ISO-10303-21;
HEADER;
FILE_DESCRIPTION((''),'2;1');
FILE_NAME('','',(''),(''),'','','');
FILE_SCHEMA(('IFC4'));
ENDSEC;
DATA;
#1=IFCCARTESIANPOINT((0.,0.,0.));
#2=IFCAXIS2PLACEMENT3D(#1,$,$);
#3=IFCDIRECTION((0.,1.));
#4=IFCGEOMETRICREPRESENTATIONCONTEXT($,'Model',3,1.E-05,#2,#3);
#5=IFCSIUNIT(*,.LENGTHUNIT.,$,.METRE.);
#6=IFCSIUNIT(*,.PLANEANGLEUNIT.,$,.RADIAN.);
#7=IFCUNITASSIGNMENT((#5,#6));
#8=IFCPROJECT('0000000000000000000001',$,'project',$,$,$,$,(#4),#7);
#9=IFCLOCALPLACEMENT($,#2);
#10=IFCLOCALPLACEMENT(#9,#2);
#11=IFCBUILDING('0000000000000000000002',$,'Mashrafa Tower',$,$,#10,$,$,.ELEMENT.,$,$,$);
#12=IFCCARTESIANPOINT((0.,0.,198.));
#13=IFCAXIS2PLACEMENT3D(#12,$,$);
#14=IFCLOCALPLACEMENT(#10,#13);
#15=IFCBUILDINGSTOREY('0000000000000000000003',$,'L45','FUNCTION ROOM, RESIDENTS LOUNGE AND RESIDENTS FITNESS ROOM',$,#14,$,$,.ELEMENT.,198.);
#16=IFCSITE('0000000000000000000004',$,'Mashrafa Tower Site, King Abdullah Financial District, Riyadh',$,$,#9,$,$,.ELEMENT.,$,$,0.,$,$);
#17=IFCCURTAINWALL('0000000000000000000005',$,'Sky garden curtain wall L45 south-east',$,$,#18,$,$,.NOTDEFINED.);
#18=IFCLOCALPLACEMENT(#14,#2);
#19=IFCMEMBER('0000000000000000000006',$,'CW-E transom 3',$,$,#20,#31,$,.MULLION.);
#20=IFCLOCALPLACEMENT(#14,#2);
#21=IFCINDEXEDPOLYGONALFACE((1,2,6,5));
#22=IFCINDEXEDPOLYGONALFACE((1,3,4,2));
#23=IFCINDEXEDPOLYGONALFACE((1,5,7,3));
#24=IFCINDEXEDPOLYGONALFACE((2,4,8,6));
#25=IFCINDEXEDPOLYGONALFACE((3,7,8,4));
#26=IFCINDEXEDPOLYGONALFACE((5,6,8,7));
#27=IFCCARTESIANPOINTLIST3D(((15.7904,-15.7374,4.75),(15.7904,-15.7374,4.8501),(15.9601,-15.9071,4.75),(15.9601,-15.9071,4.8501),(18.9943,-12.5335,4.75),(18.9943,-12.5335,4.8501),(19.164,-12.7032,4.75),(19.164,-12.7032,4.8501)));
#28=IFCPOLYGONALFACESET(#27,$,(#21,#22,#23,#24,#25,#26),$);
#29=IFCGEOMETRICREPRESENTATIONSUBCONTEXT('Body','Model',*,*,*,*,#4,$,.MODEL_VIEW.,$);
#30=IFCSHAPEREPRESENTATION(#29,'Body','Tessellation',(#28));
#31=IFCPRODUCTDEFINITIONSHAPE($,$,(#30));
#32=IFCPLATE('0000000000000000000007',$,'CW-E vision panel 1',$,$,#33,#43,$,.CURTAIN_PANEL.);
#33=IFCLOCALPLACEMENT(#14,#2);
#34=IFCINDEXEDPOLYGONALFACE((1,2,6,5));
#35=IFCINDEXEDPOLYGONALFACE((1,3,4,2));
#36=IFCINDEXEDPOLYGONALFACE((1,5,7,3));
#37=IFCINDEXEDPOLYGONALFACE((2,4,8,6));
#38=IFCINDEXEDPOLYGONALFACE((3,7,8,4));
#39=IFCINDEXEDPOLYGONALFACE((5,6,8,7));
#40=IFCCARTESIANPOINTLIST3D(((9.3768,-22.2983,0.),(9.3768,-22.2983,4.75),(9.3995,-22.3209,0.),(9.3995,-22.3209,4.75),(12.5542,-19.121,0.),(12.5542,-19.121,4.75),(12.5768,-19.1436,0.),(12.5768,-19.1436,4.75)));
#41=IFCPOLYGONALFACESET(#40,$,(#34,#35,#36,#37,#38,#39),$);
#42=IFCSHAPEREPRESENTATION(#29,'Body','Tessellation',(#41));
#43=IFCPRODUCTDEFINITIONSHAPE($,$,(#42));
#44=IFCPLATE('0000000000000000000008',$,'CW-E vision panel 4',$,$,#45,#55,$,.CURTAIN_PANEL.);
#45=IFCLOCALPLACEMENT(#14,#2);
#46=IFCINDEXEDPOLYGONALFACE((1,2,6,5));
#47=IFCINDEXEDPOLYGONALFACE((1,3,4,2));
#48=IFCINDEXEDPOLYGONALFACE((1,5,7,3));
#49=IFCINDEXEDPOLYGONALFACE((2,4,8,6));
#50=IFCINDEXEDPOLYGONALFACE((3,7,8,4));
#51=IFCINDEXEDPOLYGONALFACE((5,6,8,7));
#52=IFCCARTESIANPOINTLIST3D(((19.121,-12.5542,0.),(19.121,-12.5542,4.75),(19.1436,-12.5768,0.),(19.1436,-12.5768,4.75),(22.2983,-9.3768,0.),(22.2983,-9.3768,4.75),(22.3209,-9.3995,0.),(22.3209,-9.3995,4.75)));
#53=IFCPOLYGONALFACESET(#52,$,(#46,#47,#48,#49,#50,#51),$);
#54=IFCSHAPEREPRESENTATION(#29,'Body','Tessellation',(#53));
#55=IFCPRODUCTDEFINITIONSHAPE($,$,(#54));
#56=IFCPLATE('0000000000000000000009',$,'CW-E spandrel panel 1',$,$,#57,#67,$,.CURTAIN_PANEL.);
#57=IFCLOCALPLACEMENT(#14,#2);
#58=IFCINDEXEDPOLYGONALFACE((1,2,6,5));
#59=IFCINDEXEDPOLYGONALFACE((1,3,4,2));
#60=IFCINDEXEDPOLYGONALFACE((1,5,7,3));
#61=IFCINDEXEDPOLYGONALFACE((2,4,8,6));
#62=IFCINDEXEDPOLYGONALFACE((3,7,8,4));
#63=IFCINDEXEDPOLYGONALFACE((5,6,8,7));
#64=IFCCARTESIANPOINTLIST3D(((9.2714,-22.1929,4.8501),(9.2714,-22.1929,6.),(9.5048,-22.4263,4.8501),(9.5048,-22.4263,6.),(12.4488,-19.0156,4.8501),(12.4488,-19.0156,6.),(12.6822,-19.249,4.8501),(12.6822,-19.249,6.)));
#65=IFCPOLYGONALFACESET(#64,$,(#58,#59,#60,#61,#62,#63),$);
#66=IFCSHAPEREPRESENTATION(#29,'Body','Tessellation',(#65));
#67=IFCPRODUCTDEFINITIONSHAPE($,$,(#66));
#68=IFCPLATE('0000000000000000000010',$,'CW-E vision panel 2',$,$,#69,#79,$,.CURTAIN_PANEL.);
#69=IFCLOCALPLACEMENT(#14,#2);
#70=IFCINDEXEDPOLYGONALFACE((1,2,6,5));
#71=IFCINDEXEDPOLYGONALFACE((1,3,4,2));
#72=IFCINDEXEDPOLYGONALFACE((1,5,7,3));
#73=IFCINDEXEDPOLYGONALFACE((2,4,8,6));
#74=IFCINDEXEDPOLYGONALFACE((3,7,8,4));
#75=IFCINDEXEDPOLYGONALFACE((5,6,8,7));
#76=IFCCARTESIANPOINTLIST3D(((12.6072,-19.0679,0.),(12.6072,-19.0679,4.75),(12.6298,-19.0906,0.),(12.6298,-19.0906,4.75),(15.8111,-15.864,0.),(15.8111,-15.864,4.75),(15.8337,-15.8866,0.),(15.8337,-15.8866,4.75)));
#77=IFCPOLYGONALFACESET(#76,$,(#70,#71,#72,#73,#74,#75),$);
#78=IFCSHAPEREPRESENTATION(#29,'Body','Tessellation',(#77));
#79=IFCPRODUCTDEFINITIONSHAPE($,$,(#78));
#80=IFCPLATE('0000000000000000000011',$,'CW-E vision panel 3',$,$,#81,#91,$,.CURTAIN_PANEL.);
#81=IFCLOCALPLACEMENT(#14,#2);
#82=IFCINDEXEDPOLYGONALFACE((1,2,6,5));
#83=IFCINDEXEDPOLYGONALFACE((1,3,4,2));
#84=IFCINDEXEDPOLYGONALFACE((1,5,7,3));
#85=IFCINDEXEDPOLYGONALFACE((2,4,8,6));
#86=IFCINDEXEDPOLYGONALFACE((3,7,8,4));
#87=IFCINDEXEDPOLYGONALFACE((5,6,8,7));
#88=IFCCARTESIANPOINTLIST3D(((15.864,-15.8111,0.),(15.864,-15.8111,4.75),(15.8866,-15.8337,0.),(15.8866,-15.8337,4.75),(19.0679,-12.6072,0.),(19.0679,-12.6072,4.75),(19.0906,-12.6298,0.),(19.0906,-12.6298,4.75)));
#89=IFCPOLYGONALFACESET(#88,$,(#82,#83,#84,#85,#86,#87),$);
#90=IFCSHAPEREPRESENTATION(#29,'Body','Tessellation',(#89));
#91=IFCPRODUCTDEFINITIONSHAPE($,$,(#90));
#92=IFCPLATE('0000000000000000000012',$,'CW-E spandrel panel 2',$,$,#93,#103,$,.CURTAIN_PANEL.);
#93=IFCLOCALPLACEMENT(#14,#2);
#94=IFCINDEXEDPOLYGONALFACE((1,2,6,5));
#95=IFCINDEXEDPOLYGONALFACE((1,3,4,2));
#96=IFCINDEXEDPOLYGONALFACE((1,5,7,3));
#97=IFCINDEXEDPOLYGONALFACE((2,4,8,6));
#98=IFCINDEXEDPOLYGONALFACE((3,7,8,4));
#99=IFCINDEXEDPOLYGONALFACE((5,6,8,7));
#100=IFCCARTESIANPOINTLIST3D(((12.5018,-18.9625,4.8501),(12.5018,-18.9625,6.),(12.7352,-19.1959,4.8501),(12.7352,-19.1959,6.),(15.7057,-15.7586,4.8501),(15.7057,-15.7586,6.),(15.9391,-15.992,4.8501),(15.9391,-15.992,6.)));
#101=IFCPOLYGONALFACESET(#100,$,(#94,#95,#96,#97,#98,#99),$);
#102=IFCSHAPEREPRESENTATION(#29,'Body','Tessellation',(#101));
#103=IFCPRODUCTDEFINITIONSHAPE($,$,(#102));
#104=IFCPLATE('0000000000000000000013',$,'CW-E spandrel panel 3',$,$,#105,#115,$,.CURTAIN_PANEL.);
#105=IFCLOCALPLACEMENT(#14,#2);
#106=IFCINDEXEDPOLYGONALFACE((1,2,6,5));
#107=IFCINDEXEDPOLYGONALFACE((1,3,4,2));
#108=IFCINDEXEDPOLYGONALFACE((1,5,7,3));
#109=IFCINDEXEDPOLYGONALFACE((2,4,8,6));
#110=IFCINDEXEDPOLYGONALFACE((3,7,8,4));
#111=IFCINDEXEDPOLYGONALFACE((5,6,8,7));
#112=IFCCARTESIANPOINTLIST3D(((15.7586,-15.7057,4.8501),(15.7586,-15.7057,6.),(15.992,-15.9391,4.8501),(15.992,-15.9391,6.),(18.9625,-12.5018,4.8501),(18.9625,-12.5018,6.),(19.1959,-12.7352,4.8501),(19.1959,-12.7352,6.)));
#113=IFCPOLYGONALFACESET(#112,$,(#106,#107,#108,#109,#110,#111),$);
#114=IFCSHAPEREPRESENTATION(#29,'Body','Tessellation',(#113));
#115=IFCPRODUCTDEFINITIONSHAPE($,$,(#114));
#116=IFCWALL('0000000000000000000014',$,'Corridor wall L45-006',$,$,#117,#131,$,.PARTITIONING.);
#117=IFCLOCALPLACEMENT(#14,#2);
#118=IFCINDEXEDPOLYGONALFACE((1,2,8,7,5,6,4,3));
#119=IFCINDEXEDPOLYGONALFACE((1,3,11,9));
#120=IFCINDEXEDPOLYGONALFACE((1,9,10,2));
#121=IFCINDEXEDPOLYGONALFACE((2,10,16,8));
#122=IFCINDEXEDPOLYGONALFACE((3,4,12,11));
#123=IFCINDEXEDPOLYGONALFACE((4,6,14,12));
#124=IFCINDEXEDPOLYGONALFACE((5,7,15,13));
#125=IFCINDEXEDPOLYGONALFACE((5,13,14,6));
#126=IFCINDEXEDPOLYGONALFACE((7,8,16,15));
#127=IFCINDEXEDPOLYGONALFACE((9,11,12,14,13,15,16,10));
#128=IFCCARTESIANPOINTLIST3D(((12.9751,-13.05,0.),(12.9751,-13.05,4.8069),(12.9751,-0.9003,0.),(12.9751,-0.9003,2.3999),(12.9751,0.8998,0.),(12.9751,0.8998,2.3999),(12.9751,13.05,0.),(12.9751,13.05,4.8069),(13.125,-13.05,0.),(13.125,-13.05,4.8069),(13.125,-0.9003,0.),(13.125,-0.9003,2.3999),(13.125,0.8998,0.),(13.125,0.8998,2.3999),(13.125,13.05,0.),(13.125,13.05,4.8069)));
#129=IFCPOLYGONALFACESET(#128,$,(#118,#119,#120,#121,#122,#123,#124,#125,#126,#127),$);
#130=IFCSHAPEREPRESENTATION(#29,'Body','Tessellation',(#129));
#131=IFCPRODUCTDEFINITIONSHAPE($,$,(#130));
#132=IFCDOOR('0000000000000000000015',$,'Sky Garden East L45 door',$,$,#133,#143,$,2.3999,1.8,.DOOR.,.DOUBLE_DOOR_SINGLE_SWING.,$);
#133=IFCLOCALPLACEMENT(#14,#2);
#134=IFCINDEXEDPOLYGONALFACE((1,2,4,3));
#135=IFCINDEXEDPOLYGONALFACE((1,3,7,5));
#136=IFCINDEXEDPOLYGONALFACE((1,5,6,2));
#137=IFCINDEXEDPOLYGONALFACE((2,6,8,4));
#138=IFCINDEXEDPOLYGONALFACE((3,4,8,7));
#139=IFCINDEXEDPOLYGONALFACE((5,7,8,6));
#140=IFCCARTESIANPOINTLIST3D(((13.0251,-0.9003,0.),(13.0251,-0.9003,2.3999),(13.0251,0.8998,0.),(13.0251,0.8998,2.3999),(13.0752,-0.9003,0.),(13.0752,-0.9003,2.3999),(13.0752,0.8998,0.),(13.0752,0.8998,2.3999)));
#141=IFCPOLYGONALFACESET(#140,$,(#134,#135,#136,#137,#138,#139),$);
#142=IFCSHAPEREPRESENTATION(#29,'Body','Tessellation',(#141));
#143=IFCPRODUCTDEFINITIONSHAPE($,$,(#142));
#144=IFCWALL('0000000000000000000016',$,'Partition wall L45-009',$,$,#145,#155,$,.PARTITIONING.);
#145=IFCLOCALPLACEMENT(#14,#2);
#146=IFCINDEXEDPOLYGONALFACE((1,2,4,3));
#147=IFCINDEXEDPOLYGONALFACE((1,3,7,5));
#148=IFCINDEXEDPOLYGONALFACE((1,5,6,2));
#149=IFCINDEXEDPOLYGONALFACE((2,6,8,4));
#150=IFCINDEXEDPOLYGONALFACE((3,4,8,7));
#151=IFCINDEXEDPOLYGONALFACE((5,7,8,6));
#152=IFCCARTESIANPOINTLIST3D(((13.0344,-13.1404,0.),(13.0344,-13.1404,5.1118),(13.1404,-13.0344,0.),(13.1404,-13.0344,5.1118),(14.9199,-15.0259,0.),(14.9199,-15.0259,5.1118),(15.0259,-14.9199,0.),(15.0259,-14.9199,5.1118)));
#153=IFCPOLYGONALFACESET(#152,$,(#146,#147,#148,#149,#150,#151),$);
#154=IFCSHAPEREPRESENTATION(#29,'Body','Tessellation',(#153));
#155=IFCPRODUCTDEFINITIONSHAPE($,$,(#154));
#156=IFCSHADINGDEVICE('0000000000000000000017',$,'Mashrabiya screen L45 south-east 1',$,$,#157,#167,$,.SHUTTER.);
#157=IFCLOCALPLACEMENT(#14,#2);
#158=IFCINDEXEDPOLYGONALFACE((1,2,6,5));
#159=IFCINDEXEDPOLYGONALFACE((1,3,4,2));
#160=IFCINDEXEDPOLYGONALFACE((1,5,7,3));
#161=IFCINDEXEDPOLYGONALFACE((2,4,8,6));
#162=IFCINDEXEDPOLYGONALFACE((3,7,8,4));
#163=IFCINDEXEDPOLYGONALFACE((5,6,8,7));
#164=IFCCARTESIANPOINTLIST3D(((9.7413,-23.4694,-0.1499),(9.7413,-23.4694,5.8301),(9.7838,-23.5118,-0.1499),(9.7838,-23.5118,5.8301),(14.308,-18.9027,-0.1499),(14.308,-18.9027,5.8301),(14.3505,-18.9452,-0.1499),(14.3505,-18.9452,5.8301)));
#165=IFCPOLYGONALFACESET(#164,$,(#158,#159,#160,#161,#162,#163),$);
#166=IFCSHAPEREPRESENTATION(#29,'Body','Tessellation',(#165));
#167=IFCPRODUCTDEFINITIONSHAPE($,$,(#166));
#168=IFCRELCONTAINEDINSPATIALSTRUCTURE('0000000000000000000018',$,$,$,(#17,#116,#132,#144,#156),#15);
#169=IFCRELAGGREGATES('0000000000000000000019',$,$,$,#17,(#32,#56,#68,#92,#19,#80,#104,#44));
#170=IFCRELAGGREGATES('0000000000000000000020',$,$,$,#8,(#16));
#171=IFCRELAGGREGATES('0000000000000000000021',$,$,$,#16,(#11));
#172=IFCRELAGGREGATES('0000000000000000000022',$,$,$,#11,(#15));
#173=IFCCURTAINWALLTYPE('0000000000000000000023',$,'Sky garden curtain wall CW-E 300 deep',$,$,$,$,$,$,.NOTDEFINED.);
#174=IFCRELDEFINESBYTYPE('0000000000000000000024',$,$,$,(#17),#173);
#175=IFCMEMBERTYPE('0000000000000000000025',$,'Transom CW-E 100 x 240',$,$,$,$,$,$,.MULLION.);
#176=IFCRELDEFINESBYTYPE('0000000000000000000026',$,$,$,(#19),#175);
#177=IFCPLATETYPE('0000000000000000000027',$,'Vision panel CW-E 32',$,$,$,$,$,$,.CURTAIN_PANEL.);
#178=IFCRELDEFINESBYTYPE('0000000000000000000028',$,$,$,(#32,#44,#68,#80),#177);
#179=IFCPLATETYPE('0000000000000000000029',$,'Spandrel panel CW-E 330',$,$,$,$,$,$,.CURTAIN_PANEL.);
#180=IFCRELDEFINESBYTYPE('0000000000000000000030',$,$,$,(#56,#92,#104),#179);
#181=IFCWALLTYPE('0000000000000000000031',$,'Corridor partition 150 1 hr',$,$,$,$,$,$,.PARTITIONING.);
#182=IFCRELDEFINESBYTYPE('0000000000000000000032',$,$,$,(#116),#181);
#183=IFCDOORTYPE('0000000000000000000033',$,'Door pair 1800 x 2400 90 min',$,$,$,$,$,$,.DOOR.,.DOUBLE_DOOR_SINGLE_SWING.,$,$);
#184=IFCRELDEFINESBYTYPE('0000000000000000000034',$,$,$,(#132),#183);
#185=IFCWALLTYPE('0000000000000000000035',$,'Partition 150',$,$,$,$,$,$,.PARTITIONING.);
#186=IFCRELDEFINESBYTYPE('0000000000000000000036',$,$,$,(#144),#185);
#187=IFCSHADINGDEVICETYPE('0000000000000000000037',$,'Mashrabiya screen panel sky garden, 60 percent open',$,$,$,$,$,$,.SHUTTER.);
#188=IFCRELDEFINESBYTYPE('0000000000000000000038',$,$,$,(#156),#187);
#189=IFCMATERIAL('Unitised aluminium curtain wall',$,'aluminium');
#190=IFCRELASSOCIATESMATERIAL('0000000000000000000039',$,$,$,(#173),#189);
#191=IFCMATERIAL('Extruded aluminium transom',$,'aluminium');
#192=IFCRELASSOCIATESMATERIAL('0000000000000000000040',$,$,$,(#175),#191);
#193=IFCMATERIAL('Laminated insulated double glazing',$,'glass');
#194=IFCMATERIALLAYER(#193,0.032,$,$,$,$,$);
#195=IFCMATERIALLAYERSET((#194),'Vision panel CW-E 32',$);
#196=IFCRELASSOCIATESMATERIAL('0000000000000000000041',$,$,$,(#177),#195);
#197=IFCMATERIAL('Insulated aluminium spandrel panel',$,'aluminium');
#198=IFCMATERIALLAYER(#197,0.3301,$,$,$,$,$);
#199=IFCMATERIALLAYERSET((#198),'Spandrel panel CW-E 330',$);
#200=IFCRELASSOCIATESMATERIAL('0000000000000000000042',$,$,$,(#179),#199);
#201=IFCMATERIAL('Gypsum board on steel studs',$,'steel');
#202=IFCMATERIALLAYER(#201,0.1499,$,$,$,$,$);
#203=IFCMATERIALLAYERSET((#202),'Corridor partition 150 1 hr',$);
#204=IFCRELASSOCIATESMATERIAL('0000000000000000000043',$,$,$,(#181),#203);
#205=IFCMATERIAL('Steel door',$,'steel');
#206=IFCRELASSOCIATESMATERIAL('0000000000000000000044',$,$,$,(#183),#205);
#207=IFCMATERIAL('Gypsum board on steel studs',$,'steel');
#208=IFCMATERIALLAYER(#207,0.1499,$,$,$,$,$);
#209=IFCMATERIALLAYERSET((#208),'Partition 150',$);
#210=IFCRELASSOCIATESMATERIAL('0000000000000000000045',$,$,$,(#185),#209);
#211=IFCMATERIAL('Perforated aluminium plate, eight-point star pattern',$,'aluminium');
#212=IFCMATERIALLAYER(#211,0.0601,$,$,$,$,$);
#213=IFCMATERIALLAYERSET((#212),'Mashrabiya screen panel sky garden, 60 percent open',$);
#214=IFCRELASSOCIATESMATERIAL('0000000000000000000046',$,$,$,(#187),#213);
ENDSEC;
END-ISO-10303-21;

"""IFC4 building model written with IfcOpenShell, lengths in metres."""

from ifc_helpers import new_model, si_unit, direction, frame, frame_2d, origin, origin_2d, place, context, subcontext, project, spatial, rectangle, extrude, source, transform, mapped, material, layer, layer_set, material_profile, profile_set, type_object, type_shapes, element, fill, aggregate, save


model = new_model("IFC4")

# Units and contexts
model_context = context("Model", 3, precision=1e-05, world=origin(), true_north=direction((0.0, 1.0)))
body_context = subcontext(model_context, "Body", "Model", "MODEL_VIEW")
ifc_project = project(units=[si_unit("LENGTHUNIT", "METRE"), si_unit("PLANEANGLEUNIT", "RADIAN")], contexts=[model_context])

# Site, building, storey
site_placement = place(None, origin())
site = spatial("IfcSite", under=ifc_project, at=site_placement, Name="Mashrafa Tower Site, King Abdullah Financial District, Riyadh", CompositionType="ELEMENT", RefElevation=0.0)
building_placement = place(site_placement, origin())
building = spatial("IfcBuilding", under=site, at=building_placement, Name="Mashrafa Tower", CompositionType="ELEMENT")
storey_placement = place(building_placement, frame((0.0, 0.0, 198.0)))
storey = spatial("IfcBuildingStorey", under=building, at=storey_placement, Name="L45", Description="FUNCTION ROOM, RESIDENTS LOUNGE AND RESIDENTS FITNESS ROOM", CompositionType="ELEMENT", Elevation=198.0)

# Curtain wall, member, plates
ifc_material_1 = material(Name="Unitised aluminium curtain wall", Category="aluminium")
curtain_wall_type = type_object("IfcCurtainWallType", Name="Sky garden curtain wall CW-E 300 deep", PredefinedType="NOTDEFINED", material=ifc_material_1)
curtain_wall_placement = place(storey_placement, origin())
curtain_wall = element("IfcCurtainWall", 1, at=curtain_wall_placement, inside=storey, type_object=curtain_wall_type, Name="Sky garden curtain wall L45 south-east", PredefinedType="NOTDEFINED")
ifc_material_2 = material(Name="Extruded aluminium transom", Category="aluminium")
ifc_material_profile_1 = material_profile(ifc_material_2, rectangle(XDim=0.24, YDim=0.1001, at=origin_2d()), Name="Transom 100x240")
ifc_profile_set_1 = profile_set([ifc_material_profile_1], Name="Extruded aluminium transom")
member_type_1 = type_object("IfcMemberType", Name="Transom CW-E 100 x 240", PredefinedType="MULLION", material=ifc_profile_set_1)
shared_shape_1 = source(origin(), body_context, "Body", "SweptSolid", [
    extrude(rectangle(XDim=0.24, YDim=0.1001, at=origin_2d()), origin(), (0.0, 0.0, 1.0), 4.531),
])
member_1_placement = place(storey_placement, frame((15.8752, -15.8223, 4.8), z_axis=(0.707107, 0.707107, 0.0), x_axis=(-0.707107, 0.707107, 0.0)))
member_1 = element("IfcMember", 2, at=member_1_placement, type_object=member_type_1, Name="CW-E transom 3", PredefinedType="MULLION", context=body_context, shape_type="MappedRepresentation", body=[
    mapped(shared_shape_1, transform((0.0, 0.0, 0.0))),
])
ifc_material_3 = material(Name="Laminated insulated double glazing", Category="glass")
ifc_layer_1 = layer(ifc_material_3, 0.032)
ifc_layer_set_1 = layer_set([ifc_layer_1], Name="Vision panel CW-E 32")
plate_type_1 = type_object("IfcPlateType", Name="Vision panel CW-E 32", PredefinedType="CURTAIN_PANEL", material=ifc_layer_set_1)
shared_shape_2 = source(origin(), body_context, "Body", "SweptSolid", [
    extrude(rectangle(XDim=4.4934, YDim=0.032, at=origin_2d()), origin(), (0.0, 0.0, 1.0), 4.75),
])
plate_1_placement = place(storey_placement, frame((10.9768, -20.7209, 0.0), z_axis=(0.0, 0.0, 1.0), x_axis=(0.707107, 0.707107, 0.0)))
plate_1 = element("IfcPlate", 3, at=plate_1_placement, type_object=plate_type_1, Name="CW-E vision panel 1", PredefinedType="CURTAIN_PANEL", context=body_context, shape_type="MappedRepresentation", body=[
    mapped(shared_shape_2, transform((0.0, 0.0, 0.0))),
])
plate_2_placement = place(storey_placement, frame((20.7209, -10.9768, 0.0), z_axis=(0.0, 0.0, 1.0), x_axis=(0.707107, 0.707107, 0.0)))
plate_2 = element("IfcPlate", 4, at=plate_2_placement, type_object=plate_type_1, Name="CW-E vision panel 4", PredefinedType="CURTAIN_PANEL", context=body_context, shape_type="MappedRepresentation", body=[
    mapped(shared_shape_2, transform((0.0, 0.0, 0.0))),
])
ifc_material_4 = material(Name="Insulated aluminium spandrel panel", Category="aluminium")
ifc_layer_2 = layer(ifc_material_4, 0.3301)
ifc_layer_set_2 = layer_set([ifc_layer_2], Name="Spandrel panel CW-E 330")
plate_type_2 = type_object("IfcPlateType", Name="Spandrel panel CW-E 330", PredefinedType="CURTAIN_PANEL", material=ifc_layer_set_2)
shared_shape_3 = source(origin(), body_context, "Body", "SweptSolid", [
    extrude(rectangle(XDim=4.4934, YDim=0.3301, at=origin_2d()), origin(), (0.0, 0.0, 1.0), 1.1499),
])
plate_3_placement = place(storey_placement, frame((10.9768, -20.7209, 4.8501), z_axis=(0.0, 0.0, 1.0), x_axis=(0.707107, 0.707107, 0.0)))
plate_3 = element("IfcPlate", 5, at=plate_3_placement, type_object=plate_type_2, Name="CW-E spandrel panel 1", PredefinedType="CURTAIN_PANEL", context=body_context, shape_type="MappedRepresentation", body=[
    mapped(shared_shape_3, transform((0.0, 0.0, 0.0))),
])
shared_shape_4 = source(origin(), body_context, "Body", "SweptSolid", [
    extrude(rectangle(XDim=4.531, YDim=0.032, at=origin_2d()), origin(), (0.0, 0.0, 1.0), 4.75),
])
type_shapes(plate_type_1, [shared_shape_2, shared_shape_4])
plate_4_placement = place(storey_placement, frame((14.2205, -17.4773, 0.0), z_axis=(0.0, 0.0, 1.0), x_axis=(0.707107, 0.707107, 0.0)))
plate_4 = element("IfcPlate", 6, at=plate_4_placement, type_object=plate_type_1, Name="CW-E vision panel 2", PredefinedType="CURTAIN_PANEL", context=body_context, shape_type="MappedRepresentation", body=[
    mapped(shared_shape_4, transform((0.0, 0.0, 0.0))),
])
plate_5_placement = place(storey_placement, frame((17.4773, -14.2205, 0.0), z_axis=(0.0, 0.0, 1.0), x_axis=(0.707107, 0.707107, 0.0)))
plate_5 = element("IfcPlate", 7, at=plate_5_placement, type_object=plate_type_1, Name="CW-E vision panel 3", PredefinedType="CURTAIN_PANEL", context=body_context, shape_type="MappedRepresentation", body=[
    mapped(shared_shape_4, transform((0.0, 0.0, 0.0))),
])
shared_shape_5 = source(origin(), body_context, "Body", "SweptSolid", [
    extrude(rectangle(XDim=4.531, YDim=0.3301, at=origin_2d()), origin(), (0.0, 0.0, 1.0), 1.1499),
])
type_shapes(plate_type_2, [shared_shape_3, shared_shape_5])
plate_6_placement = place(storey_placement, frame((14.2205, -17.4773, 4.8501), z_axis=(0.0, 0.0, 1.0), x_axis=(0.707107, 0.707107, 0.0)))
plate_6 = element("IfcPlate", 8, at=plate_6_placement, type_object=plate_type_2, Name="CW-E spandrel panel 2", PredefinedType="CURTAIN_PANEL", context=body_context, shape_type="MappedRepresentation", body=[
    mapped(shared_shape_5, transform((0.0, 0.0, 0.0))),
])
plate_7_placement = place(storey_placement, frame((17.4773, -14.2205, 4.8501), z_axis=(0.0, 0.0, 1.0), x_axis=(0.707107, 0.707107, 0.0)))
plate_7 = element("IfcPlate", 9, at=plate_7_placement, type_object=plate_type_2, Name="CW-E spandrel panel 3", PredefinedType="CURTAIN_PANEL", context=body_context, shape_type="MappedRepresentation", body=[
    mapped(shared_shape_5, transform((0.0, 0.0, 0.0))),
])
aggregate(curtain_wall, [plate_1, plate_3, plate_4, plate_6, member_1, plate_5, plate_7, plate_2])

# Wall, opening, door
ifc_material_5 = material(Name="Gypsum board on steel studs", Category="steel")
ifc_layer_3 = layer(ifc_material_5, 0.1499)
ifc_layer_set_3 = layer_set([ifc_layer_3], Name="Corridor partition 150 1 hr")
wall_type_1 = type_object("IfcWallType", Name="Corridor partition 150 1 hr", PredefinedType="PARTITIONING", material=ifc_layer_set_3)
wall_1_placement = place(storey_placement, frame((13.05, -13.05, 0.0), z_axis=(0.0, 0.0, 1.0), x_axis=(0.0, 1.0, 0.0)))
wall_1 = element("IfcWall", 10, at=wall_1_placement, inside=storey, type_object=wall_type_1, Name="Corridor wall L45-006", PredefinedType="PARTITIONING", context=body_context, shape_type="SweptSolid", body=[
    extrude(rectangle(XDim=26.1001, YDim=0.1499, at=frame_2d((13.05, 0.0))), origin(), (0.0, 0.0, 1.0), 4.8069),
])
opening_placement = place(wall_1_placement, frame((12.1499, 0.0, 0.0)))
opening = element("IfcOpeningElement", 11, at=opening_placement, cuts=wall_1, PredefinedType="OPENING", context=body_context, shape_type="SweptSolid", body=[
    extrude(rectangle(XDim=1.8, YDim=2.3999, at=frame_2d((0.8999, 1.2))), frame((0.0, 0.085, 0.0), z_axis=(0.0, -1.0, 0.0), x_axis=(1.0, 0.0, 0.0)), (0.0, 0.0, 1.0), 0.1699),
])
ifc_material_6 = material(Name="Steel door", Category="steel")
door_type = type_object("IfcDoorType", Name="Door pair 1800 x 2400 90 min", OperationType="DOUBLE_DOOR_SINGLE_SWING", PredefinedType="DOOR", material=ifc_material_6)
door_placement = place(opening_placement, origin())
door = element("IfcDoor", 12, at=door_placement, inside=storey, type_object=door_type, Name="Sky Garden East L45 door", OperationType="DOUBLE_DOOR_SINGLE_SWING", OverallHeight=2.3999, OverallWidth=1.8, PredefinedType="DOOR", context=body_context, shape_type="SweptSolid", body=[
    extrude(rectangle(XDim=1.8, YDim=2.3999, at=frame_2d((0.8999, 1.2))), frame((0.0, 0.0249, 0.0), z_axis=(0.0, -1.0, 0.0), x_axis=(1.0, 0.0, 0.0)), (0.0, 0.0, 1.0), 0.05),
])
fill(opening, door)

# Wall
ifc_material_7 = material(Name="Gypsum board on steel studs", Category="steel")
ifc_layer_4 = layer(ifc_material_7, 0.1499)
ifc_layer_set_4 = layer_set([ifc_layer_4], Name="Partition 150")
wall_type_2 = type_object("IfcWallType", Name="Partition 150", PredefinedType="PARTITIONING", material=ifc_layer_set_4)
wall_2_placement = place(storey_placement, frame((14.9729, -14.9729, 0.0), z_axis=(0.0, 0.0, 1.0), x_axis=(-0.707107, 0.707107, 0.0)))
element("IfcWall", 13, at=wall_2_placement, inside=storey, type_object=wall_type_2, Name="Partition wall L45-009", PredefinedType="PARTITIONING", context=body_context, shape_type="SweptSolid", body=[
    extrude(rectangle(XDim=2.6665, YDim=0.1499, at=frame_2d((1.3333, 0.0))), origin(), (0.0, 0.0, 1.0), 5.1118),
])

# Shading device
ifc_material_8 = material(Name="Perforated aluminium plate, eight-point star pattern", Category="aluminium")
ifc_layer_5 = layer(ifc_material_8, 0.0601)
ifc_layer_set_5 = layer_set([ifc_layer_5], Name="Mashrabiya screen panel sky garden, 60 percent open")
shading_device_type = type_object("IfcShadingDeviceType", Name="Mashrabiya screen panel sky garden, 60 percent open", PredefinedType="SHUTTER", material=ifc_layer_set_5)
shared_shape_6 = source(origin(), body_context, "Body", "SweptSolid", [
    extrude(rectangle(XDim=6.4583, YDim=0.0601, at=origin_2d()), origin(), (0.0, 0.0, 1.0), 5.98),
])
type_shapes(shading_device_type, [shared_shape_6])
for number, where, z_axis, x_axis, name in (
    (14, (12.0459, -21.2073, -0.1499), (0.0, 0.0, 1.0), (0.707107, 0.707107, 0.0), "Mashrabiya screen L45 south-east 1"),
):
    element("IfcShadingDevice", number, at=place(storey_placement, frame(where, z_axis=z_axis, x_axis=x_axis)), inside=storey, type_object=shading_device_type, Name=name, PredefinedType="SHUTTER", context=body_context, shape_type="MappedRepresentation", body=[
        mapped(shared_shape_6, transform((0.0, 0.0, 0.0))),
    ])

save(model, "model.ifc")
